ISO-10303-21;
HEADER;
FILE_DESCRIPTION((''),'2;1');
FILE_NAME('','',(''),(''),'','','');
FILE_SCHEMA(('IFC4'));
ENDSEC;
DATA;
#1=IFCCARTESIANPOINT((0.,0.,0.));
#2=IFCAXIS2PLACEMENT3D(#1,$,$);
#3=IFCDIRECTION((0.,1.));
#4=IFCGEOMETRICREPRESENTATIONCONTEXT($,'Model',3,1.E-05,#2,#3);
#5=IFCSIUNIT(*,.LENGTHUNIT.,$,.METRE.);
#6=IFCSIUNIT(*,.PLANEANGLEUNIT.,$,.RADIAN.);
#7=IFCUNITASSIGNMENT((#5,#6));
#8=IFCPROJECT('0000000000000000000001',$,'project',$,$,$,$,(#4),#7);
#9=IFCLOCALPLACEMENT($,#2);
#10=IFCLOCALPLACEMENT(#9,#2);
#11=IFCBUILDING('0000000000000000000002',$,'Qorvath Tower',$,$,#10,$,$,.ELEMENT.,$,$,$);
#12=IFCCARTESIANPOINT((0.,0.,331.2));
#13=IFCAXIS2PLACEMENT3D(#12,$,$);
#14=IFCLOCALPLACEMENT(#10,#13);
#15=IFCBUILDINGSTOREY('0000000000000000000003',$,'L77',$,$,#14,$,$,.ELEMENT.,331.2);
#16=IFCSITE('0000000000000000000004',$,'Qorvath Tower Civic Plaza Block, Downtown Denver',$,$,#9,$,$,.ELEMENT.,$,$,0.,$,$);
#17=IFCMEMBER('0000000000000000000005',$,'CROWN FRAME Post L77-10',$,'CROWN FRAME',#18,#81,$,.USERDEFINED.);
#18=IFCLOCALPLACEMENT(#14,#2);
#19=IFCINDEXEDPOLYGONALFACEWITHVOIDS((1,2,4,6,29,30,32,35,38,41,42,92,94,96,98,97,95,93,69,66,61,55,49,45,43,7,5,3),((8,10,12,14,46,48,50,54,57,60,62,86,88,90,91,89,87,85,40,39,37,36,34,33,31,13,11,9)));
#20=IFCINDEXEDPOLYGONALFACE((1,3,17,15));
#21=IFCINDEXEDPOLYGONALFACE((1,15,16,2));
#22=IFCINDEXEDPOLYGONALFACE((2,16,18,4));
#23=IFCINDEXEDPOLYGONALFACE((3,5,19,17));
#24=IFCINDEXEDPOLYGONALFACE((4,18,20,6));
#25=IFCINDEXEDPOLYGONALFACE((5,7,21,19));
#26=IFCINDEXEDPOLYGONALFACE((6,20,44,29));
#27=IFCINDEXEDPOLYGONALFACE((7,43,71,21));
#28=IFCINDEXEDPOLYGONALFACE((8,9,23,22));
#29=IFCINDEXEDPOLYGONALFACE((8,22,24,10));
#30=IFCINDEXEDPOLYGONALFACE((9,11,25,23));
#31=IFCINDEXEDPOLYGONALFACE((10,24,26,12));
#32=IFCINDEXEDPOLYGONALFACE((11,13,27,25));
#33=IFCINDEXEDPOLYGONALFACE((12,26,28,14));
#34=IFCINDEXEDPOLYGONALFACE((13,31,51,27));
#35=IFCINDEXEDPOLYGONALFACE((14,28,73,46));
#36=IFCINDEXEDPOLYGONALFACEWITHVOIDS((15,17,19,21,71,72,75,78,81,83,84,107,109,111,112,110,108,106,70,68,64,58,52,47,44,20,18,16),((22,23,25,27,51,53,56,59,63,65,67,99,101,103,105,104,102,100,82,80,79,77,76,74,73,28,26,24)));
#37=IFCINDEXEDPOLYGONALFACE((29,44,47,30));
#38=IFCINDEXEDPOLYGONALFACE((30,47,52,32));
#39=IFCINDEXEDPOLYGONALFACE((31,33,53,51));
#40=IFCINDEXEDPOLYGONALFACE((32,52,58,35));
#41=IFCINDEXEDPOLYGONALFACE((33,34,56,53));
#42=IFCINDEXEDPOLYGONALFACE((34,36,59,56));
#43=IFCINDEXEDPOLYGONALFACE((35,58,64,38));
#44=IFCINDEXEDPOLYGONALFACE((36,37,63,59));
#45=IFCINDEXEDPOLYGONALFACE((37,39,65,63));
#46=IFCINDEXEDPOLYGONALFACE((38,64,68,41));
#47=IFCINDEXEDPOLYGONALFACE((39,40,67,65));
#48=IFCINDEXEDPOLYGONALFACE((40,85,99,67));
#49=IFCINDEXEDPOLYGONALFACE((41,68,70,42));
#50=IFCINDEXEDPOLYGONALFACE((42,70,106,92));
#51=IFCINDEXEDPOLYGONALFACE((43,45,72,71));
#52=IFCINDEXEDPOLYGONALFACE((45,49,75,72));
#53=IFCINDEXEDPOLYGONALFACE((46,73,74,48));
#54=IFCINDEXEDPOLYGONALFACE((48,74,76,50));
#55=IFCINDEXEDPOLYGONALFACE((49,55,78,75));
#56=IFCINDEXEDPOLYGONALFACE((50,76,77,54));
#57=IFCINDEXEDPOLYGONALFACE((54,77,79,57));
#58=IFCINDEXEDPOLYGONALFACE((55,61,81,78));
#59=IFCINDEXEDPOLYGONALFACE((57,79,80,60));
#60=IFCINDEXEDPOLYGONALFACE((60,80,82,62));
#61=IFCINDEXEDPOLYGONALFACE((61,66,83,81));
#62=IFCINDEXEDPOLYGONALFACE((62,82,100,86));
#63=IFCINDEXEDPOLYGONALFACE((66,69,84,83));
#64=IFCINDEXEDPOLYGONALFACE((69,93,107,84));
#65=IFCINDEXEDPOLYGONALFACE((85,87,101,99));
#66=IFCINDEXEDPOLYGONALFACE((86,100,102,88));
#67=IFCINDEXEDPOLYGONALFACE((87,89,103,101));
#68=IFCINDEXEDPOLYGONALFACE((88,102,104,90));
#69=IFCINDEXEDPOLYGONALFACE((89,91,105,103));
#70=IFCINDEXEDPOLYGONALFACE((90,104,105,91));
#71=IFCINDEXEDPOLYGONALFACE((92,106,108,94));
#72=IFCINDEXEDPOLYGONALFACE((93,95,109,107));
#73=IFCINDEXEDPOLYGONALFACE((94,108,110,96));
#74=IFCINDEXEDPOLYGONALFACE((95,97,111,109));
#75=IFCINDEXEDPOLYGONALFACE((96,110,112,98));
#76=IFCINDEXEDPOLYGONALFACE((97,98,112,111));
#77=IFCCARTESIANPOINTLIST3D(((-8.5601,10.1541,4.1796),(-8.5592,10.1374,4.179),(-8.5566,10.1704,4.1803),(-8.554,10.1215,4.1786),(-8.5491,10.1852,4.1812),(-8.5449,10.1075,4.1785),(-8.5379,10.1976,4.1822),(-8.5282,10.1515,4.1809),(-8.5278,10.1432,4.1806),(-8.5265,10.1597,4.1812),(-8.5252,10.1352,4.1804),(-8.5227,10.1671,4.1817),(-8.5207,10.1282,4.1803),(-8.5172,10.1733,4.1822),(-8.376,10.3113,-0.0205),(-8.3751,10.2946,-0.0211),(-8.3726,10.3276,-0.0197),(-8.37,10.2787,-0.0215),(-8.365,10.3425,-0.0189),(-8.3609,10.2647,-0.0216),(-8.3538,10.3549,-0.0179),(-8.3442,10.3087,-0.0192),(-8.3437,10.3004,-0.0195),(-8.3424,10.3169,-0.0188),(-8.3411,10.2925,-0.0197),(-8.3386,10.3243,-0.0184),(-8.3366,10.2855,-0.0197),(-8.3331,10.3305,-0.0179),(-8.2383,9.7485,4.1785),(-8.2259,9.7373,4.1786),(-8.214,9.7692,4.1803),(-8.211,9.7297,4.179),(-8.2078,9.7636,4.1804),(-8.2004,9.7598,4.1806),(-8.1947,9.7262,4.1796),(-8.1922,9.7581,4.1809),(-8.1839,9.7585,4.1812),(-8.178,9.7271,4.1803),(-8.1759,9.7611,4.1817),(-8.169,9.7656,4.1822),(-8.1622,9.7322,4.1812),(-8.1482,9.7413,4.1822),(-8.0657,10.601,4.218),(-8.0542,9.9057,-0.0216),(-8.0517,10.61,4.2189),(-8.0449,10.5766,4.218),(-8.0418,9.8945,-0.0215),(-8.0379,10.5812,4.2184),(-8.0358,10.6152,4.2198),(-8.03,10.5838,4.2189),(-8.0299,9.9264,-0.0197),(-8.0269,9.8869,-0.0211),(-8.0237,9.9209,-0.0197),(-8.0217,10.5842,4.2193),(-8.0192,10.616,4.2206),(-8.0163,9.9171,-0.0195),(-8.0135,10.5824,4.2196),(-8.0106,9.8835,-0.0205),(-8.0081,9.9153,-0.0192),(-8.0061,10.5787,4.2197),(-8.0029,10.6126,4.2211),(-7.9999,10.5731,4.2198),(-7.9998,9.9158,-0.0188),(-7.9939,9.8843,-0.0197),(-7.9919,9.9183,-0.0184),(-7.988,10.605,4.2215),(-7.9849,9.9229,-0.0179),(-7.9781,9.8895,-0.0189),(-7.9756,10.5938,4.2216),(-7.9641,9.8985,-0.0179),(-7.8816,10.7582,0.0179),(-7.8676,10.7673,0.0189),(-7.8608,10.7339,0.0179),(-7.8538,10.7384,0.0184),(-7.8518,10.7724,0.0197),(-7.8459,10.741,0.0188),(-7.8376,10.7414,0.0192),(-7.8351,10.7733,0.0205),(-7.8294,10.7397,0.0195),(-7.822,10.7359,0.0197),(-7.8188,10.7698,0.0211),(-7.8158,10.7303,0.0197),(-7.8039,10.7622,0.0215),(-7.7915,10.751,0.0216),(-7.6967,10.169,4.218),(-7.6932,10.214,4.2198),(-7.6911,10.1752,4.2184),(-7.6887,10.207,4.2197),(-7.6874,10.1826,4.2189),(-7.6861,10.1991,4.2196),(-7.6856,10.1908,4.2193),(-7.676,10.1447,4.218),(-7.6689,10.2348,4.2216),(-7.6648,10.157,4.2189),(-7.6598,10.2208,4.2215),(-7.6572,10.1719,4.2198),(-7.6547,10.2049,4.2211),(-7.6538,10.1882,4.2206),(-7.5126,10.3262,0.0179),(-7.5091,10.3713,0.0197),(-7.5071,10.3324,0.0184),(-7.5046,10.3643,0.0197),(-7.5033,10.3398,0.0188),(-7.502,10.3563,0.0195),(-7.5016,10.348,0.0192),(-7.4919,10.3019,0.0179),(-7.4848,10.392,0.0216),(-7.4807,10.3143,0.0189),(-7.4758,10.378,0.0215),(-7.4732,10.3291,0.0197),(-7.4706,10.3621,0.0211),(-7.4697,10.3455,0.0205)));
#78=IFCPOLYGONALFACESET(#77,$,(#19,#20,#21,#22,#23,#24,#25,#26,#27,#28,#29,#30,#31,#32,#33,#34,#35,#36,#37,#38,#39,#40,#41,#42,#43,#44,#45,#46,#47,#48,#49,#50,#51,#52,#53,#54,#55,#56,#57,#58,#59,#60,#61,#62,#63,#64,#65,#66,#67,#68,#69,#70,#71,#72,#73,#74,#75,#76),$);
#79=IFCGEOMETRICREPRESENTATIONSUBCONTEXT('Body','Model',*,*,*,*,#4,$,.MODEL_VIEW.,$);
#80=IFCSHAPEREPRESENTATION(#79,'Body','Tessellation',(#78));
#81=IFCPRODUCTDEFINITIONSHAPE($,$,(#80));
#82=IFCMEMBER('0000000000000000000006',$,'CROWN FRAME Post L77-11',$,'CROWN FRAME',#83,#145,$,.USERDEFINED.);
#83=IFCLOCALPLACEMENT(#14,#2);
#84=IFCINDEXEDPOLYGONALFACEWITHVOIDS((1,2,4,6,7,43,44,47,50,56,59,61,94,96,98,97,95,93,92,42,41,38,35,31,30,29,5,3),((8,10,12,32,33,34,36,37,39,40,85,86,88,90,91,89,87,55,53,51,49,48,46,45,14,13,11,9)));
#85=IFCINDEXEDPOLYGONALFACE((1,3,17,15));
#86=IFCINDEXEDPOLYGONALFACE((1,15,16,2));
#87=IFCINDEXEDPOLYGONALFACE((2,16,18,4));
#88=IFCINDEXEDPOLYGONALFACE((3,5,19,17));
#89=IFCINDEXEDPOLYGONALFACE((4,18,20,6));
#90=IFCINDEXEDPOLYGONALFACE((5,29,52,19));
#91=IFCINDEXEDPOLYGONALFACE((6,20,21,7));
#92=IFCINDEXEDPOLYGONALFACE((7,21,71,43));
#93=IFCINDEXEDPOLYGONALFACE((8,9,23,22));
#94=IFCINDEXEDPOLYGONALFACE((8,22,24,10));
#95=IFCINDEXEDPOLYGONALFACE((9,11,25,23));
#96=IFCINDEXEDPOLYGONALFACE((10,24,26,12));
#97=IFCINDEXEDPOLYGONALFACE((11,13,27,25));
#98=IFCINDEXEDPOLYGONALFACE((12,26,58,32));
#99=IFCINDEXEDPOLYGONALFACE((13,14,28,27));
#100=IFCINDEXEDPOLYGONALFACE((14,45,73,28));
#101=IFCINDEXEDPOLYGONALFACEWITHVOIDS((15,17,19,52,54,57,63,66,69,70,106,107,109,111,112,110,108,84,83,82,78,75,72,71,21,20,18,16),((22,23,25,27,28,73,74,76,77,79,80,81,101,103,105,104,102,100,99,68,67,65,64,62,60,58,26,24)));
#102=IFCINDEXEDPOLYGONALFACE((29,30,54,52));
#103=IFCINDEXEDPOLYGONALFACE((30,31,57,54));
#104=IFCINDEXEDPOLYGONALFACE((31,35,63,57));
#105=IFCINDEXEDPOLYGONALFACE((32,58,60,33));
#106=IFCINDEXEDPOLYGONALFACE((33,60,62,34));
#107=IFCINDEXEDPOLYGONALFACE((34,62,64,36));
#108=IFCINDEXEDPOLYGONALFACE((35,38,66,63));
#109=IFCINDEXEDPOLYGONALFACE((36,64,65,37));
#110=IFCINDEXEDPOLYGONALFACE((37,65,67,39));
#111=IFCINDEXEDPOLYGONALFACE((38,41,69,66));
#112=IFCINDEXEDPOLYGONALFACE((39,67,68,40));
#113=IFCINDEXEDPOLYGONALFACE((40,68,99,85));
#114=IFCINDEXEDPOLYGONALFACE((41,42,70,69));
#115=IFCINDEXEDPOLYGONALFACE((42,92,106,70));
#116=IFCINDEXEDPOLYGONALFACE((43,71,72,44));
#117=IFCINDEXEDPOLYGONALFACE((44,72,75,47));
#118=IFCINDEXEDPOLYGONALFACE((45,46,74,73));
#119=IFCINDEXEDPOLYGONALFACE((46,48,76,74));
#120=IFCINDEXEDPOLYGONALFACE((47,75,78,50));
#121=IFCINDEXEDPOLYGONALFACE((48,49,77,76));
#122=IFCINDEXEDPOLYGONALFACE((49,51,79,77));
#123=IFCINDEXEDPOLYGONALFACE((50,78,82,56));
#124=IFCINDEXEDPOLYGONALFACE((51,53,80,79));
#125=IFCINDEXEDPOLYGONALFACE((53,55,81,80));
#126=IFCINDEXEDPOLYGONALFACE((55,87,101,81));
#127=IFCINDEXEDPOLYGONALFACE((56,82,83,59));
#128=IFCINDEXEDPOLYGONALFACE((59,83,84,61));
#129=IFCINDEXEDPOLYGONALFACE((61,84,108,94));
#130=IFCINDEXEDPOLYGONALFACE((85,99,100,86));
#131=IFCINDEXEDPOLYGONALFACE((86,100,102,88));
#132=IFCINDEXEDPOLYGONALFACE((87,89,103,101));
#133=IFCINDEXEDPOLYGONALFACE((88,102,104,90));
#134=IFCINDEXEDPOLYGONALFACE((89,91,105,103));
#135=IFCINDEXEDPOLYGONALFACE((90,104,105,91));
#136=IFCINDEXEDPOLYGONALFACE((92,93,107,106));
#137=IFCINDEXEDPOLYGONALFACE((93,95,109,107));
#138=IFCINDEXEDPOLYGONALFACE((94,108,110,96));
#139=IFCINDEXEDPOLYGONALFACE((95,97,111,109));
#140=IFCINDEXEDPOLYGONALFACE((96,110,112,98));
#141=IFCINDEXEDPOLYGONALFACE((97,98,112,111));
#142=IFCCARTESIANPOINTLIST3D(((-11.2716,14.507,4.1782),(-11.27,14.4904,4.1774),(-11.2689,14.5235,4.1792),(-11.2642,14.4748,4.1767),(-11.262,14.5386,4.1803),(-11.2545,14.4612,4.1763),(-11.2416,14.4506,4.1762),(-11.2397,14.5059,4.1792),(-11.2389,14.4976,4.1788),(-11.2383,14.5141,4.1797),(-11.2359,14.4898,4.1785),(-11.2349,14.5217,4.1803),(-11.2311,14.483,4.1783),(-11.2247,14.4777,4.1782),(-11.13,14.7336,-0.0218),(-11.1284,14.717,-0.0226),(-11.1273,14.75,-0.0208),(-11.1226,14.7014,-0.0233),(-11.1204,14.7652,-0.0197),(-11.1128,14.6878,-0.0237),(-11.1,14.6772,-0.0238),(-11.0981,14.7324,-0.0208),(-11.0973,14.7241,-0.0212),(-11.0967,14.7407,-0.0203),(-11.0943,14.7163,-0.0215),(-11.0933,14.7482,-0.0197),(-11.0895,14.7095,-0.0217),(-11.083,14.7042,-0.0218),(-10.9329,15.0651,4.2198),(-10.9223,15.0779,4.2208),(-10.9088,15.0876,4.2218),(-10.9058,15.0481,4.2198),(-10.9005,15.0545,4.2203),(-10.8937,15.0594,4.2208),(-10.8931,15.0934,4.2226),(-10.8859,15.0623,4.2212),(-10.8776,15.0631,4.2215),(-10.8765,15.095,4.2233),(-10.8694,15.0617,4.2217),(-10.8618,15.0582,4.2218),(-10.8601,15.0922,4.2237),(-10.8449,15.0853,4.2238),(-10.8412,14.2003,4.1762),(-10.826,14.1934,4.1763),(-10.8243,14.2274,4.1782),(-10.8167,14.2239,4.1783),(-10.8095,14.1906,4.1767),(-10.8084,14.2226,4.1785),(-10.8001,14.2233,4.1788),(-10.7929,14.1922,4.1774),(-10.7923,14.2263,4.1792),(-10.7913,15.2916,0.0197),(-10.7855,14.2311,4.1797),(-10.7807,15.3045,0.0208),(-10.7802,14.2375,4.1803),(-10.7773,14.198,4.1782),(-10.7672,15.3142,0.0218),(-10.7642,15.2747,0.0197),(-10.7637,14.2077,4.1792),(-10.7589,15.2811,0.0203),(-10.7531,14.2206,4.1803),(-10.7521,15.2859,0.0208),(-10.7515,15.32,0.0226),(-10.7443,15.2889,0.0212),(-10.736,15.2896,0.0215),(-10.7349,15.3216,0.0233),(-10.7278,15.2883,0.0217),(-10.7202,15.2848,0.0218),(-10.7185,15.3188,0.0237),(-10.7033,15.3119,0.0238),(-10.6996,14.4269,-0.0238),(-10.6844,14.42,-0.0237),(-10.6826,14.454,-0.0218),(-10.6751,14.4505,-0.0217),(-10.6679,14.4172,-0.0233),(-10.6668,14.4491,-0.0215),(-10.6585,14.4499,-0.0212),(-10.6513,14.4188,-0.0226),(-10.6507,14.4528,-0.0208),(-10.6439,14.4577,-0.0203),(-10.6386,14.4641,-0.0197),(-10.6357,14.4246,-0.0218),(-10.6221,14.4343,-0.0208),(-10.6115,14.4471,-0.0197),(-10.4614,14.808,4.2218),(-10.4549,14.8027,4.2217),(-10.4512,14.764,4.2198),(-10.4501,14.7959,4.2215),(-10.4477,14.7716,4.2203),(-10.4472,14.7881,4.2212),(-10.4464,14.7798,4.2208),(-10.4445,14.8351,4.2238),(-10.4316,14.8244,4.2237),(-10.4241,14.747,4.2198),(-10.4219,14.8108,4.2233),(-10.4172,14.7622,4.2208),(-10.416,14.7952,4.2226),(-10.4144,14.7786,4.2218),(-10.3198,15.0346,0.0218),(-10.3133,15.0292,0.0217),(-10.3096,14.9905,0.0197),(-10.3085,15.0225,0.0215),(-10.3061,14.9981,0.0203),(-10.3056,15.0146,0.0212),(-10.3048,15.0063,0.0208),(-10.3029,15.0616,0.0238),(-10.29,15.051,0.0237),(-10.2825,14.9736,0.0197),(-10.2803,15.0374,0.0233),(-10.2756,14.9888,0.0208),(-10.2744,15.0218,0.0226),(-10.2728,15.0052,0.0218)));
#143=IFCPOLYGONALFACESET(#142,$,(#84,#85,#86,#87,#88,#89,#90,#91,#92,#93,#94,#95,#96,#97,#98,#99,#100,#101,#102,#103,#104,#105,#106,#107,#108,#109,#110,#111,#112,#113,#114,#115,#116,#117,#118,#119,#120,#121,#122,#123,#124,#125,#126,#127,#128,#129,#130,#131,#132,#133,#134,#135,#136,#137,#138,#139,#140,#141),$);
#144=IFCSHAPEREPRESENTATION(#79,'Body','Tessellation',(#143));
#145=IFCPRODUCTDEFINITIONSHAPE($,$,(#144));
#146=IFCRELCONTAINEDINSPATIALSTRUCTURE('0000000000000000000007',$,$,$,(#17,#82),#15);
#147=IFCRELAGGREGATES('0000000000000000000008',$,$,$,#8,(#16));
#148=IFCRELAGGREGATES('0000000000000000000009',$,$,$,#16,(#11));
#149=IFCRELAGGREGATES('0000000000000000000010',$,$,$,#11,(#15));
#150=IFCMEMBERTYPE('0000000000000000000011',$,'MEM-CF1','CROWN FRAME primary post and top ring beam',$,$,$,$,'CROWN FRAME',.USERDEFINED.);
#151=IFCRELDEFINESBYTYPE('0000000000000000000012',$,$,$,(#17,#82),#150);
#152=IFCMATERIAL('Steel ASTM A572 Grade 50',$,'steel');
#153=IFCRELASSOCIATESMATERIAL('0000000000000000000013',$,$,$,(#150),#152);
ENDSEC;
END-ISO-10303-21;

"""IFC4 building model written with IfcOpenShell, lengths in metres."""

from ifc_helpers import new_model, si_unit, direction, frame, origin, origin_2d, place, context, subcontext, project, spatial, hollow_rectangle, extrude, material, material_profile, profile_set, type_object, element, save


model = new_model("IFC4")

# Units and contexts
model_context = context("Model", 3, precision=1e-05, world=origin(), true_north=direction((0.0, 1.0)))
body_context = subcontext(model_context, "Body", "Model", "MODEL_VIEW")
ifc_project = project(units=[si_unit("LENGTHUNIT", "METRE"), si_unit("PLANEANGLEUNIT", "RADIAN")], contexts=[model_context])

# Site, building, storey
site_placement = place(None, origin())
site = spatial("IfcSite", under=ifc_project, at=site_placement, Name="Qorvath Tower Civic Plaza Block, Downtown Denver", CompositionType="ELEMENT", RefElevation=0.0)
building_placement = place(site_placement, origin())
building = spatial("IfcBuilding", under=site, at=building_placement, Name="Qorvath Tower", CompositionType="ELEMENT")
storey_placement = place(building_placement, frame((0.0, 0.0, 331.2)))
storey = spatial("IfcBuildingStorey", under=building, at=storey_placement, Name="L77", CompositionType="ELEMENT", Elevation=331.2)

# Members
ifc_material_1 = material(Name="Steel ASTM A572 Grade 50", Category="steel")
ifc_material_profile_1 = material_profile(ifc_material_1, hollow_rectangle(XDim=0.6001, YDim=0.75, WallThickness=0.032, InnerFilletRadius=0.032, OuterFilletRadius=0.064, at=origin_2d()), Name="CROWN BOX 750x600x32")
ifc_profile_set_1 = profile_set([ifc_material_profile_1], Name="Steel ASTM A572 Grade 50")
member_type_1 = type_object("IfcMemberType", Name="MEM-CF1", Description="CROWN FRAME primary post and top ring beam", ElementType="CROWN FRAME", PredefinedType="USERDEFINED", material=ifc_profile_set_1)
member_1_placement = place(storey_placement, frame((-7.9229, 10.3284, 0.0), z_axis=(-0.043757, -0.037373, 0.998343), x_axis=(0.649462, -0.760394, 0.0)))
element("IfcMember", 1, at=member_1_placement, inside=storey, type_object=member_type_1, Name="CROWN FRAME Post L77-10", ObjectType="CROWN FRAME", PredefinedType="USERDEFINED", context=body_context, shape_type="SweptSolid", body=[
    extrude(hollow_rectangle(XDim=0.6001, YDim=0.75, WallThickness=0.032, InnerFilletRadius=0.032, OuterFilletRadius=0.064, at=origin_2d()), origin(), (0.0, 0.0, 1.0), 4.207),
])
member_2_placement = place(storey_placement, frame((-10.7014, 14.8694, 0.0), z_axis=(-0.033647, -0.053835, 0.997983), x_axis=(0.847998, -0.529999, 0.0)))
element("IfcMember", 2, at=member_2_placement, inside=storey, type_object=member_type_1, Name="CROWN FRAME Post L77-11", ObjectType="CROWN FRAME", PredefinedType="USERDEFINED", context=body_context, shape_type="SweptSolid", body=[
    extrude(hollow_rectangle(XDim=0.6001, YDim=0.75, WallThickness=0.032, InnerFilletRadius=0.032, OuterFilletRadius=0.064, at=origin_2d()), origin(), (0.0, 0.0, 1.0), 4.2085),
])

save(model, "model.ifc")
